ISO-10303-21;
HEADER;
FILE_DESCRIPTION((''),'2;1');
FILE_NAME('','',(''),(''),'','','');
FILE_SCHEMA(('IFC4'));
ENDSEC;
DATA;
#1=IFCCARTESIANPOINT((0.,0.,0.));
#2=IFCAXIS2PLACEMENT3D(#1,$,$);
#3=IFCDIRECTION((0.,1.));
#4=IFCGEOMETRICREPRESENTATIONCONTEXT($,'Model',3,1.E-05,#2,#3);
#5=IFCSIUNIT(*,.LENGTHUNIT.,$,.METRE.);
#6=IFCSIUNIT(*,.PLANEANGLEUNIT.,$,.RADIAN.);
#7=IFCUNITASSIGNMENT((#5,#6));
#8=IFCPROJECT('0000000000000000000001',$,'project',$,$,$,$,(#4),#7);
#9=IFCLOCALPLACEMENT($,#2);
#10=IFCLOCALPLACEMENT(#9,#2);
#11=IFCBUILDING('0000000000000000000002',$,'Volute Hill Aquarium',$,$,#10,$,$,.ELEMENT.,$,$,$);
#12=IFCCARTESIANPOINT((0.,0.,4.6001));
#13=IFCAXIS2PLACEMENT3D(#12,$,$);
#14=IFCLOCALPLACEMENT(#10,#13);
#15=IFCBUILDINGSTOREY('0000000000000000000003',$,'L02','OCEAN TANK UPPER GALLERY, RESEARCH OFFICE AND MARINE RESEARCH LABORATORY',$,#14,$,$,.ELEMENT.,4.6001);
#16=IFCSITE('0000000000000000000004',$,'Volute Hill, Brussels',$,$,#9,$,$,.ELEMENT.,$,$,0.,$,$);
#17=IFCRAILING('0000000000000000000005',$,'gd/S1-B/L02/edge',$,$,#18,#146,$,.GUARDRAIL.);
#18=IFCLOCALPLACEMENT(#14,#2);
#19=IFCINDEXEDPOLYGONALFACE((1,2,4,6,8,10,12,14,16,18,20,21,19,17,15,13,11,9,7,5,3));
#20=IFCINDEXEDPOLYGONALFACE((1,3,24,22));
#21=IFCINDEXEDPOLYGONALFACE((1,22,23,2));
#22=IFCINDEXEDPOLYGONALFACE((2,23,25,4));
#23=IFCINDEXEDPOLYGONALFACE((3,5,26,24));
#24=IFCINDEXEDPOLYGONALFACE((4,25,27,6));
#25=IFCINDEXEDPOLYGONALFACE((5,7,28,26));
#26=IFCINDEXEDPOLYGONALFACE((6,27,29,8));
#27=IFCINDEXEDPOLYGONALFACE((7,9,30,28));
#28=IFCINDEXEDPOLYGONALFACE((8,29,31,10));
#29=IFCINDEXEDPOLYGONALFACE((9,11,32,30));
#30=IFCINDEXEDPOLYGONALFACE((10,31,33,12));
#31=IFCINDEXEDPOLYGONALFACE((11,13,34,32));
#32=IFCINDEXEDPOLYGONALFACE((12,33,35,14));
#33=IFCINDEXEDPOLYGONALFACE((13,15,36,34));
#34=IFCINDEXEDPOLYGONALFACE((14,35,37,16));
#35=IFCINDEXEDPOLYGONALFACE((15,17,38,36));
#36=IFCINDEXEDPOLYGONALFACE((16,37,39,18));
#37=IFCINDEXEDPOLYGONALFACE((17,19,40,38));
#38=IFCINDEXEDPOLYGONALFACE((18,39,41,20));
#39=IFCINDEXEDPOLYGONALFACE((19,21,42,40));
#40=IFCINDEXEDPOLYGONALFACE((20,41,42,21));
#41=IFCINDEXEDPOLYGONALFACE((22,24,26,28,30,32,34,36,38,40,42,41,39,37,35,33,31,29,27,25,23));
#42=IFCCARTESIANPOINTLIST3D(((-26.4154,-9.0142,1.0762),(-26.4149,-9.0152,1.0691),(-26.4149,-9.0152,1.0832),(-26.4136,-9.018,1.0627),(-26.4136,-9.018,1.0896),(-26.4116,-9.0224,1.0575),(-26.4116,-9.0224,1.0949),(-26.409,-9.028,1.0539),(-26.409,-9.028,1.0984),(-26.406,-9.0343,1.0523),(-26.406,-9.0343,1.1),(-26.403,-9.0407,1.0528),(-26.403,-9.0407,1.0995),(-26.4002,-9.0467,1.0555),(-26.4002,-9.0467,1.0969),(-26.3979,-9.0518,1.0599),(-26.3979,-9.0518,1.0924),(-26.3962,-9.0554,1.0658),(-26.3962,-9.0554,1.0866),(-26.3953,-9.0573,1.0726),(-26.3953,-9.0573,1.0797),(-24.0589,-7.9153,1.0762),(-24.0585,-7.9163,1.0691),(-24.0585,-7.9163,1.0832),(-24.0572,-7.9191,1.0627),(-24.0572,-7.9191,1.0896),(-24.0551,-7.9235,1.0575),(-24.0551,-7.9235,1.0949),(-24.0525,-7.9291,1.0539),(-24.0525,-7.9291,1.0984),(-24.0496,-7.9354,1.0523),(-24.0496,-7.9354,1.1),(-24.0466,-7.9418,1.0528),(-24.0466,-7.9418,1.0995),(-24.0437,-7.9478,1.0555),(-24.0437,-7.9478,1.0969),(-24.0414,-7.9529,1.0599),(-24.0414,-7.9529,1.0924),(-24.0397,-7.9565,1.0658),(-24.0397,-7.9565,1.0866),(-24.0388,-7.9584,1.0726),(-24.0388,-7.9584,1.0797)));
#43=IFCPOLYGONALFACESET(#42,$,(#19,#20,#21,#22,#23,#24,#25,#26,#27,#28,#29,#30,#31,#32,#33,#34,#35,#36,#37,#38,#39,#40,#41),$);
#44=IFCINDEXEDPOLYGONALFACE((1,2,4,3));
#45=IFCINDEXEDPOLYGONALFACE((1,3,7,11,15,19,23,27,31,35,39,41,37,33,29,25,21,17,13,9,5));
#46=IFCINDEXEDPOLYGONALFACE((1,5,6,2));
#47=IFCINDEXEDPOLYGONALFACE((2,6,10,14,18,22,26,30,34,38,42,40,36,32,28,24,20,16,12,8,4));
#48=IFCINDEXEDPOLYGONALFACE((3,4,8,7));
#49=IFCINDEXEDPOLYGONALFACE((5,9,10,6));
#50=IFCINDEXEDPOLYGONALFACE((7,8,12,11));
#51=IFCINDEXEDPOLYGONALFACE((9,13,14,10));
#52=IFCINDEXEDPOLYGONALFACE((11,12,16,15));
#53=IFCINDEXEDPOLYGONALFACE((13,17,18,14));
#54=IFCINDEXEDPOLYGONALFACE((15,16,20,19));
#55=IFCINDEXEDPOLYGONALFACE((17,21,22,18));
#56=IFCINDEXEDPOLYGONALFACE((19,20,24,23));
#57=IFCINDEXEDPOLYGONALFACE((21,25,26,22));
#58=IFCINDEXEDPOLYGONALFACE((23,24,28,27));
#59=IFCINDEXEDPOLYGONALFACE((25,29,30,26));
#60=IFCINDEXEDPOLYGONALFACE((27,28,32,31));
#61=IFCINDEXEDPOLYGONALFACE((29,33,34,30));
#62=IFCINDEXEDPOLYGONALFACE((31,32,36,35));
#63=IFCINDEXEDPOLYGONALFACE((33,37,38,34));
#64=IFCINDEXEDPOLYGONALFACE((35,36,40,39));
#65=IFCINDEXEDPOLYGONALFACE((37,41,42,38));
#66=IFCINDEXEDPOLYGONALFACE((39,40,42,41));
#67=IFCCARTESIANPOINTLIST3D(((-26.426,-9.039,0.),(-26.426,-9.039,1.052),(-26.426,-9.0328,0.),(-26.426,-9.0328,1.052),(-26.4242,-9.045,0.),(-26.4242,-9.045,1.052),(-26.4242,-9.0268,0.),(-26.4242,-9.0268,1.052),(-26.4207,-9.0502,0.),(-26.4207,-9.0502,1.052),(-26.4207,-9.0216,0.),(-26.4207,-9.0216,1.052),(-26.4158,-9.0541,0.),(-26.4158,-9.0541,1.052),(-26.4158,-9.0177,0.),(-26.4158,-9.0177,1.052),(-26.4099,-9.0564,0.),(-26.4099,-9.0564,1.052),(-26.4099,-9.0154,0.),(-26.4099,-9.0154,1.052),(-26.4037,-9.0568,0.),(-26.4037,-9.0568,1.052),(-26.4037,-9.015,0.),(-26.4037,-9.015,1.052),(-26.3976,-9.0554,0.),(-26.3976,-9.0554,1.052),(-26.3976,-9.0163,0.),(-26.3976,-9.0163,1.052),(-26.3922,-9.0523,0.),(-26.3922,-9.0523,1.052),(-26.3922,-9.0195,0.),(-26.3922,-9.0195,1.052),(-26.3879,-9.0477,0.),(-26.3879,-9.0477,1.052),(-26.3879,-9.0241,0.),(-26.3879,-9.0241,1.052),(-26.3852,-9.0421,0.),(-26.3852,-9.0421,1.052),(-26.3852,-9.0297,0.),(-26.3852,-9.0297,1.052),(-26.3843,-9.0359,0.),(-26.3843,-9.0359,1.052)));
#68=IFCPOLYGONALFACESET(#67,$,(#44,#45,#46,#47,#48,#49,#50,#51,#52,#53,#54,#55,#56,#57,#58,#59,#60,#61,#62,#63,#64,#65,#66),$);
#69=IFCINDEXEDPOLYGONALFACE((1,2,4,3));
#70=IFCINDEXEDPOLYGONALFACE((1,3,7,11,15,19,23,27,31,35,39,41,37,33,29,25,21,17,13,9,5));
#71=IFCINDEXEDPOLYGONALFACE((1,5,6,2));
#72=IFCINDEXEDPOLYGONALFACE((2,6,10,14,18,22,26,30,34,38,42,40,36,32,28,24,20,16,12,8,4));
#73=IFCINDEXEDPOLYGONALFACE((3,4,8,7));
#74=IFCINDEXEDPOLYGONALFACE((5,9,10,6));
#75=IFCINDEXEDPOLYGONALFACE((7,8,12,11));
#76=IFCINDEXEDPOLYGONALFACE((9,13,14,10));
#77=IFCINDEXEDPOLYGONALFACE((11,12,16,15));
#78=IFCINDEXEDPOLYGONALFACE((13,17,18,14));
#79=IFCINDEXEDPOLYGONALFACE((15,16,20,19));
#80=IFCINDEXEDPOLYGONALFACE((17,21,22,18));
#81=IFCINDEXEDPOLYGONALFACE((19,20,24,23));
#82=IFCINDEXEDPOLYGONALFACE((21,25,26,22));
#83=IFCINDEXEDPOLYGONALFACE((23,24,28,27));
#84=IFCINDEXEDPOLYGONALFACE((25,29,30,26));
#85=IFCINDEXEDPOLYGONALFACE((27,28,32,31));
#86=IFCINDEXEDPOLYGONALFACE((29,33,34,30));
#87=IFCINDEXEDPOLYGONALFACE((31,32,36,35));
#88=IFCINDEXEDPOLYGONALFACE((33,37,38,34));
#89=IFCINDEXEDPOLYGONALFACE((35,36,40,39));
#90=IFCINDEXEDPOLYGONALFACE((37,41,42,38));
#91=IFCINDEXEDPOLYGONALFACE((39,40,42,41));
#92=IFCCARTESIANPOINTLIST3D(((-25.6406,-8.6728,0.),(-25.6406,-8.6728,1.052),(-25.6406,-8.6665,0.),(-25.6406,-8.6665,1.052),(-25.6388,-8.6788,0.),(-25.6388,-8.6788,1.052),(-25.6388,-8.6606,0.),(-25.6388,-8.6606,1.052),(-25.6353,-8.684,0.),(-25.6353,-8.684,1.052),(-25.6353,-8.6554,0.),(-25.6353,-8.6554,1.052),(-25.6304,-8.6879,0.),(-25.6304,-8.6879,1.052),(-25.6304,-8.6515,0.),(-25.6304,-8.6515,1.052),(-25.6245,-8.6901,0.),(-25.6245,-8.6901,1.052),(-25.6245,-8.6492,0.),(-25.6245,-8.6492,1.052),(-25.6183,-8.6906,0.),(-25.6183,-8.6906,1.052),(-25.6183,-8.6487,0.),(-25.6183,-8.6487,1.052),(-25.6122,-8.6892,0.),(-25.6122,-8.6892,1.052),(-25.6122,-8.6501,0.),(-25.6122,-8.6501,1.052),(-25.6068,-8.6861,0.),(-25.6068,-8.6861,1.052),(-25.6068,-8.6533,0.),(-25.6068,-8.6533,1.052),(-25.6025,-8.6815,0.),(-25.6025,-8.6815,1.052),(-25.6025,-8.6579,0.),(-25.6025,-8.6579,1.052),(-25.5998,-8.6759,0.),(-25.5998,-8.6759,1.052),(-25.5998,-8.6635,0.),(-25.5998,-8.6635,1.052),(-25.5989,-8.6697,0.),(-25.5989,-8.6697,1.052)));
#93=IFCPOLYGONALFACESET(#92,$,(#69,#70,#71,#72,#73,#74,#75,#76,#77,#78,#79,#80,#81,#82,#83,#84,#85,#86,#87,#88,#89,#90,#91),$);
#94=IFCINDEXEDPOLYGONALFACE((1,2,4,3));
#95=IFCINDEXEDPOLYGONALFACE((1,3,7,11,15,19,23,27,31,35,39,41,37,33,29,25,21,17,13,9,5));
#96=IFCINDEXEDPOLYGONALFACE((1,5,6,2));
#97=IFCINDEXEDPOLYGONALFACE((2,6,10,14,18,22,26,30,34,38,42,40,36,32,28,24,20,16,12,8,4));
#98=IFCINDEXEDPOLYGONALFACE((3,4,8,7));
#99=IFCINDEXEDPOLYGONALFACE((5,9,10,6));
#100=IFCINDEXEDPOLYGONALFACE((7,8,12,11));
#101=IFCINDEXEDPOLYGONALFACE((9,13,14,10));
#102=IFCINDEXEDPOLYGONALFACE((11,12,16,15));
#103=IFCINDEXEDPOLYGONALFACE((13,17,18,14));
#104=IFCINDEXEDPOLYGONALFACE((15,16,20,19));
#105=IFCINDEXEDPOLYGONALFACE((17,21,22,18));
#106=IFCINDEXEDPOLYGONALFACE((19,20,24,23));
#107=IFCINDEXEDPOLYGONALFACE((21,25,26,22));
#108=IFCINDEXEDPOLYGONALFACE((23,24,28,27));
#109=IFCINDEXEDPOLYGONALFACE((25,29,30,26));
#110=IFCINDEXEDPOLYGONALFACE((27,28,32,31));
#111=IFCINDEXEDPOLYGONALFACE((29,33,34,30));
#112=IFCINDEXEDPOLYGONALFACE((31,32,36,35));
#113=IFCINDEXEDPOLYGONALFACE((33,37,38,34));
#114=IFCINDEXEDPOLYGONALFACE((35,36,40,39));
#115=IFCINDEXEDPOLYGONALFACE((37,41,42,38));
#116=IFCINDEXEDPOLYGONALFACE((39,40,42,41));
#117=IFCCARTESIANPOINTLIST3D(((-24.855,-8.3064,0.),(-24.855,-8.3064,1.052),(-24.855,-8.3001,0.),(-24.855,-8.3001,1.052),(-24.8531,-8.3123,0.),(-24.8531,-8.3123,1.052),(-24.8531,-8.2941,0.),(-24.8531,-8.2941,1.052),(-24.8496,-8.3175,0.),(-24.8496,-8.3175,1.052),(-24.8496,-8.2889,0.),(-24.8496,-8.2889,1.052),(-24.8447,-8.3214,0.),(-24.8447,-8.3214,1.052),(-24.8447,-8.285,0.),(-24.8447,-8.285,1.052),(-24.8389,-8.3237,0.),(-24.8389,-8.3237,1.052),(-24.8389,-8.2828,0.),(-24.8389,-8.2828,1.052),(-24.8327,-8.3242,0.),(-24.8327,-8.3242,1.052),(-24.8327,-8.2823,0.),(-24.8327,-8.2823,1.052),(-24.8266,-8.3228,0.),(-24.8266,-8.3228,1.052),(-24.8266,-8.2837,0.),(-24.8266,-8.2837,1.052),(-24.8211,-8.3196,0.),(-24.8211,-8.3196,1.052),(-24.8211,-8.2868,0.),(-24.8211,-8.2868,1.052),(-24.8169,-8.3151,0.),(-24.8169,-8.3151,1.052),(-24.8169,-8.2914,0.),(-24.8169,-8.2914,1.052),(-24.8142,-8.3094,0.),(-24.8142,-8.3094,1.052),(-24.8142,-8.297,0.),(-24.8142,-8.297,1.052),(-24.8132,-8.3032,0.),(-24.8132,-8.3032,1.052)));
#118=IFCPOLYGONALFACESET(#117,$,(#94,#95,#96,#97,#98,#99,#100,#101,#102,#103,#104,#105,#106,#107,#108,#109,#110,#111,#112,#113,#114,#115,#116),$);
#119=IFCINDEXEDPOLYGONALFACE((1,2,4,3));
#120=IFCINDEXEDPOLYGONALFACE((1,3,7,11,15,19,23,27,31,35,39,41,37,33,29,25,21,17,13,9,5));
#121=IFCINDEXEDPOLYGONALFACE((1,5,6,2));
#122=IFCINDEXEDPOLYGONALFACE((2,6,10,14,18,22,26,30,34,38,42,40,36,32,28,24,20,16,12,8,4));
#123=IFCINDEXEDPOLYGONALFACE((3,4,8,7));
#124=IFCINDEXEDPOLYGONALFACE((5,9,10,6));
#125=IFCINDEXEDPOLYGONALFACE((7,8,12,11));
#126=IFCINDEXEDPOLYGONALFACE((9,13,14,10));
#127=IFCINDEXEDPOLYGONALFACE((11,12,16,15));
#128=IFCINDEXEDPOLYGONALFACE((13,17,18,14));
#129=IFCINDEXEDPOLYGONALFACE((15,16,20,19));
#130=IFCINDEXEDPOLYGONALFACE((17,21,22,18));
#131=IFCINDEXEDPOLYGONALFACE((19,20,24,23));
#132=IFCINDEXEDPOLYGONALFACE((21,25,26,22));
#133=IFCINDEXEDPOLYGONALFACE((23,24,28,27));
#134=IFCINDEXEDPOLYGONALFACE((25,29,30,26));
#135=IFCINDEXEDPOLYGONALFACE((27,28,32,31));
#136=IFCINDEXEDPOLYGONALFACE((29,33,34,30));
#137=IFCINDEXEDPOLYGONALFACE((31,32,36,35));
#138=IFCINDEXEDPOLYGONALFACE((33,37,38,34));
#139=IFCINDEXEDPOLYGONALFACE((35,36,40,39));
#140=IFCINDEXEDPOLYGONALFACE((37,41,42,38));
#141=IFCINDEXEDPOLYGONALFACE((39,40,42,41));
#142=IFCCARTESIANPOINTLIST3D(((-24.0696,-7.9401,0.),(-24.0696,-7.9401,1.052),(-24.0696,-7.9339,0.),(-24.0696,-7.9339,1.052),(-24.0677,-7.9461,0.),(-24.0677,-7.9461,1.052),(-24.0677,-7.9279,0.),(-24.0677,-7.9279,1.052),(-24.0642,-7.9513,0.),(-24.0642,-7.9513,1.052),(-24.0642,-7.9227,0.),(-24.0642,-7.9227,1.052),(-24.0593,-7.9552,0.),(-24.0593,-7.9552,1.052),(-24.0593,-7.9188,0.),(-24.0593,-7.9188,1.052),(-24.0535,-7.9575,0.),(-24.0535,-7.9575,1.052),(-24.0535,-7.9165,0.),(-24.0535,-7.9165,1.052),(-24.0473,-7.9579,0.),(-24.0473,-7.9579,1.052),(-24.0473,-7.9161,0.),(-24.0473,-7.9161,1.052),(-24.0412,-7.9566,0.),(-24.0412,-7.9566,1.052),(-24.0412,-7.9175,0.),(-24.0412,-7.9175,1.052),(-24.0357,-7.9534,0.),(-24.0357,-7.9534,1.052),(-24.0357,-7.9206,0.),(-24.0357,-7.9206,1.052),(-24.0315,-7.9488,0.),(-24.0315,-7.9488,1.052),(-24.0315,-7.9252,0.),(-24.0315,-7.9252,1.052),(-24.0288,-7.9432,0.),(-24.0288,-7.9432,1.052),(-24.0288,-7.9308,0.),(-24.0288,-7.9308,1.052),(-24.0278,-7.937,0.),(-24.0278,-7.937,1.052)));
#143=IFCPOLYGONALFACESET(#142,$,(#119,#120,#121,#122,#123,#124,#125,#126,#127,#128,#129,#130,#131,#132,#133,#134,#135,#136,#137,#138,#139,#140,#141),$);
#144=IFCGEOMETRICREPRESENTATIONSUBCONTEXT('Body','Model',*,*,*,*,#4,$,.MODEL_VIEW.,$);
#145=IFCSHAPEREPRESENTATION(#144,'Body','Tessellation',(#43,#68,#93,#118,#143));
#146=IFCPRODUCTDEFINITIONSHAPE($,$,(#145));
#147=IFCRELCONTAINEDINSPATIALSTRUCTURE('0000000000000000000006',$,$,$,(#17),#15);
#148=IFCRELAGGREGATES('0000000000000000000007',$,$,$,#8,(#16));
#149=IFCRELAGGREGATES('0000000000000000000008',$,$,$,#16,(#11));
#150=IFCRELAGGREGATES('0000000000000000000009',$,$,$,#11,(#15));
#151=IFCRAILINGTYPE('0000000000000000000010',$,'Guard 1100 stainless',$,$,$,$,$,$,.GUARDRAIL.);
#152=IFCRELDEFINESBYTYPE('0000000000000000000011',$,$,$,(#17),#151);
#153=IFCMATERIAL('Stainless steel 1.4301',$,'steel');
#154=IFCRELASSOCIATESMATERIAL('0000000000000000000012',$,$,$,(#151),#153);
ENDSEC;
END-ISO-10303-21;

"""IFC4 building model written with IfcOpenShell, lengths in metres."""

from ifc_helpers import new_model, si_unit, direction, frame, origin, origin_2d, place, context, subcontext, project, spatial, circle, extrude, material, type_object, element, save


model = new_model("IFC4")

# Units and contexts
model_context = context("Model", 3, precision=1e-05, world=origin(), true_north=direction((0.0, 1.0)))
body_context = subcontext(model_context, "Body", "Model", "MODEL_VIEW")
ifc_project = project(units=[si_unit("LENGTHUNIT", "METRE"), si_unit("PLANEANGLEUNIT", "RADIAN")], contexts=[model_context])

# Site, building, storey
site_placement = place(None, origin())
site = spatial("IfcSite", under=ifc_project, at=site_placement, Name="Volute Hill, Brussels", CompositionType="ELEMENT", RefElevation=0.0)
building_placement = place(site_placement, origin())
building = spatial("IfcBuilding", under=site, at=building_placement, Name="Volute Hill Aquarium", CompositionType="ELEMENT")
storey_placement = place(building_placement, frame((0.0, 0.0, 4.6001)))
storey = spatial("IfcBuildingStorey", under=building, at=storey_placement, Name="L02", Description="OCEAN TANK UPPER GALLERY, RESEARCH OFFICE AND MARINE RESEARCH LABORATORY", CompositionType="ELEMENT", Elevation=4.6001)

# Railing
ifc_material_1 = material(Name="Stainless steel 1.4301", Category="steel")
railing_type_1 = type_object("IfcRailingType", Name="Guard 1100 stainless", PredefinedType="GUARDRAIL", material=ifc_material_1)
railing_1_placement = place(storey_placement, frame((-26.4053, -9.0359, 0.0)))
element("IfcRailing", 1, at=railing_1_placement, inside=storey, type_object=railing_type_1, Name="gd/S1-B/L02/edge", PredefinedType="GUARDRAIL", context=body_context, shape_type="SweptSolid", body=[
    extrude(circle(Radius=0.0239, at=origin_2d()), frame((0.0, 0.0, 1.0762), z_axis=(0.906301, 0.422634, 0.0), x_axis=(-0.422634, 0.906301, 0.0)), (0.0, 0.0, 1.0), 2.6001),
    extrude(circle(Radius=0.021, at=origin_2d()), origin(), (0.0, 0.0, 1.0), 1.052),
    extrude(circle(Radius=0.021, at=origin_2d()), frame((0.7854, 0.3662, 0.0)), (0.0, 0.0, 1.0), 1.052),
    extrude(circle(Radius=0.021, at=origin_2d()), frame((1.571, 0.7327, 0.0)), (0.0, 0.0, 1.0), 1.052),
    extrude(circle(Radius=0.021, at=origin_2d()), frame((2.3564, 1.0989, 0.0)), (0.0, 0.0, 1.0), 1.052),
])

save(model, "model.ifc")
